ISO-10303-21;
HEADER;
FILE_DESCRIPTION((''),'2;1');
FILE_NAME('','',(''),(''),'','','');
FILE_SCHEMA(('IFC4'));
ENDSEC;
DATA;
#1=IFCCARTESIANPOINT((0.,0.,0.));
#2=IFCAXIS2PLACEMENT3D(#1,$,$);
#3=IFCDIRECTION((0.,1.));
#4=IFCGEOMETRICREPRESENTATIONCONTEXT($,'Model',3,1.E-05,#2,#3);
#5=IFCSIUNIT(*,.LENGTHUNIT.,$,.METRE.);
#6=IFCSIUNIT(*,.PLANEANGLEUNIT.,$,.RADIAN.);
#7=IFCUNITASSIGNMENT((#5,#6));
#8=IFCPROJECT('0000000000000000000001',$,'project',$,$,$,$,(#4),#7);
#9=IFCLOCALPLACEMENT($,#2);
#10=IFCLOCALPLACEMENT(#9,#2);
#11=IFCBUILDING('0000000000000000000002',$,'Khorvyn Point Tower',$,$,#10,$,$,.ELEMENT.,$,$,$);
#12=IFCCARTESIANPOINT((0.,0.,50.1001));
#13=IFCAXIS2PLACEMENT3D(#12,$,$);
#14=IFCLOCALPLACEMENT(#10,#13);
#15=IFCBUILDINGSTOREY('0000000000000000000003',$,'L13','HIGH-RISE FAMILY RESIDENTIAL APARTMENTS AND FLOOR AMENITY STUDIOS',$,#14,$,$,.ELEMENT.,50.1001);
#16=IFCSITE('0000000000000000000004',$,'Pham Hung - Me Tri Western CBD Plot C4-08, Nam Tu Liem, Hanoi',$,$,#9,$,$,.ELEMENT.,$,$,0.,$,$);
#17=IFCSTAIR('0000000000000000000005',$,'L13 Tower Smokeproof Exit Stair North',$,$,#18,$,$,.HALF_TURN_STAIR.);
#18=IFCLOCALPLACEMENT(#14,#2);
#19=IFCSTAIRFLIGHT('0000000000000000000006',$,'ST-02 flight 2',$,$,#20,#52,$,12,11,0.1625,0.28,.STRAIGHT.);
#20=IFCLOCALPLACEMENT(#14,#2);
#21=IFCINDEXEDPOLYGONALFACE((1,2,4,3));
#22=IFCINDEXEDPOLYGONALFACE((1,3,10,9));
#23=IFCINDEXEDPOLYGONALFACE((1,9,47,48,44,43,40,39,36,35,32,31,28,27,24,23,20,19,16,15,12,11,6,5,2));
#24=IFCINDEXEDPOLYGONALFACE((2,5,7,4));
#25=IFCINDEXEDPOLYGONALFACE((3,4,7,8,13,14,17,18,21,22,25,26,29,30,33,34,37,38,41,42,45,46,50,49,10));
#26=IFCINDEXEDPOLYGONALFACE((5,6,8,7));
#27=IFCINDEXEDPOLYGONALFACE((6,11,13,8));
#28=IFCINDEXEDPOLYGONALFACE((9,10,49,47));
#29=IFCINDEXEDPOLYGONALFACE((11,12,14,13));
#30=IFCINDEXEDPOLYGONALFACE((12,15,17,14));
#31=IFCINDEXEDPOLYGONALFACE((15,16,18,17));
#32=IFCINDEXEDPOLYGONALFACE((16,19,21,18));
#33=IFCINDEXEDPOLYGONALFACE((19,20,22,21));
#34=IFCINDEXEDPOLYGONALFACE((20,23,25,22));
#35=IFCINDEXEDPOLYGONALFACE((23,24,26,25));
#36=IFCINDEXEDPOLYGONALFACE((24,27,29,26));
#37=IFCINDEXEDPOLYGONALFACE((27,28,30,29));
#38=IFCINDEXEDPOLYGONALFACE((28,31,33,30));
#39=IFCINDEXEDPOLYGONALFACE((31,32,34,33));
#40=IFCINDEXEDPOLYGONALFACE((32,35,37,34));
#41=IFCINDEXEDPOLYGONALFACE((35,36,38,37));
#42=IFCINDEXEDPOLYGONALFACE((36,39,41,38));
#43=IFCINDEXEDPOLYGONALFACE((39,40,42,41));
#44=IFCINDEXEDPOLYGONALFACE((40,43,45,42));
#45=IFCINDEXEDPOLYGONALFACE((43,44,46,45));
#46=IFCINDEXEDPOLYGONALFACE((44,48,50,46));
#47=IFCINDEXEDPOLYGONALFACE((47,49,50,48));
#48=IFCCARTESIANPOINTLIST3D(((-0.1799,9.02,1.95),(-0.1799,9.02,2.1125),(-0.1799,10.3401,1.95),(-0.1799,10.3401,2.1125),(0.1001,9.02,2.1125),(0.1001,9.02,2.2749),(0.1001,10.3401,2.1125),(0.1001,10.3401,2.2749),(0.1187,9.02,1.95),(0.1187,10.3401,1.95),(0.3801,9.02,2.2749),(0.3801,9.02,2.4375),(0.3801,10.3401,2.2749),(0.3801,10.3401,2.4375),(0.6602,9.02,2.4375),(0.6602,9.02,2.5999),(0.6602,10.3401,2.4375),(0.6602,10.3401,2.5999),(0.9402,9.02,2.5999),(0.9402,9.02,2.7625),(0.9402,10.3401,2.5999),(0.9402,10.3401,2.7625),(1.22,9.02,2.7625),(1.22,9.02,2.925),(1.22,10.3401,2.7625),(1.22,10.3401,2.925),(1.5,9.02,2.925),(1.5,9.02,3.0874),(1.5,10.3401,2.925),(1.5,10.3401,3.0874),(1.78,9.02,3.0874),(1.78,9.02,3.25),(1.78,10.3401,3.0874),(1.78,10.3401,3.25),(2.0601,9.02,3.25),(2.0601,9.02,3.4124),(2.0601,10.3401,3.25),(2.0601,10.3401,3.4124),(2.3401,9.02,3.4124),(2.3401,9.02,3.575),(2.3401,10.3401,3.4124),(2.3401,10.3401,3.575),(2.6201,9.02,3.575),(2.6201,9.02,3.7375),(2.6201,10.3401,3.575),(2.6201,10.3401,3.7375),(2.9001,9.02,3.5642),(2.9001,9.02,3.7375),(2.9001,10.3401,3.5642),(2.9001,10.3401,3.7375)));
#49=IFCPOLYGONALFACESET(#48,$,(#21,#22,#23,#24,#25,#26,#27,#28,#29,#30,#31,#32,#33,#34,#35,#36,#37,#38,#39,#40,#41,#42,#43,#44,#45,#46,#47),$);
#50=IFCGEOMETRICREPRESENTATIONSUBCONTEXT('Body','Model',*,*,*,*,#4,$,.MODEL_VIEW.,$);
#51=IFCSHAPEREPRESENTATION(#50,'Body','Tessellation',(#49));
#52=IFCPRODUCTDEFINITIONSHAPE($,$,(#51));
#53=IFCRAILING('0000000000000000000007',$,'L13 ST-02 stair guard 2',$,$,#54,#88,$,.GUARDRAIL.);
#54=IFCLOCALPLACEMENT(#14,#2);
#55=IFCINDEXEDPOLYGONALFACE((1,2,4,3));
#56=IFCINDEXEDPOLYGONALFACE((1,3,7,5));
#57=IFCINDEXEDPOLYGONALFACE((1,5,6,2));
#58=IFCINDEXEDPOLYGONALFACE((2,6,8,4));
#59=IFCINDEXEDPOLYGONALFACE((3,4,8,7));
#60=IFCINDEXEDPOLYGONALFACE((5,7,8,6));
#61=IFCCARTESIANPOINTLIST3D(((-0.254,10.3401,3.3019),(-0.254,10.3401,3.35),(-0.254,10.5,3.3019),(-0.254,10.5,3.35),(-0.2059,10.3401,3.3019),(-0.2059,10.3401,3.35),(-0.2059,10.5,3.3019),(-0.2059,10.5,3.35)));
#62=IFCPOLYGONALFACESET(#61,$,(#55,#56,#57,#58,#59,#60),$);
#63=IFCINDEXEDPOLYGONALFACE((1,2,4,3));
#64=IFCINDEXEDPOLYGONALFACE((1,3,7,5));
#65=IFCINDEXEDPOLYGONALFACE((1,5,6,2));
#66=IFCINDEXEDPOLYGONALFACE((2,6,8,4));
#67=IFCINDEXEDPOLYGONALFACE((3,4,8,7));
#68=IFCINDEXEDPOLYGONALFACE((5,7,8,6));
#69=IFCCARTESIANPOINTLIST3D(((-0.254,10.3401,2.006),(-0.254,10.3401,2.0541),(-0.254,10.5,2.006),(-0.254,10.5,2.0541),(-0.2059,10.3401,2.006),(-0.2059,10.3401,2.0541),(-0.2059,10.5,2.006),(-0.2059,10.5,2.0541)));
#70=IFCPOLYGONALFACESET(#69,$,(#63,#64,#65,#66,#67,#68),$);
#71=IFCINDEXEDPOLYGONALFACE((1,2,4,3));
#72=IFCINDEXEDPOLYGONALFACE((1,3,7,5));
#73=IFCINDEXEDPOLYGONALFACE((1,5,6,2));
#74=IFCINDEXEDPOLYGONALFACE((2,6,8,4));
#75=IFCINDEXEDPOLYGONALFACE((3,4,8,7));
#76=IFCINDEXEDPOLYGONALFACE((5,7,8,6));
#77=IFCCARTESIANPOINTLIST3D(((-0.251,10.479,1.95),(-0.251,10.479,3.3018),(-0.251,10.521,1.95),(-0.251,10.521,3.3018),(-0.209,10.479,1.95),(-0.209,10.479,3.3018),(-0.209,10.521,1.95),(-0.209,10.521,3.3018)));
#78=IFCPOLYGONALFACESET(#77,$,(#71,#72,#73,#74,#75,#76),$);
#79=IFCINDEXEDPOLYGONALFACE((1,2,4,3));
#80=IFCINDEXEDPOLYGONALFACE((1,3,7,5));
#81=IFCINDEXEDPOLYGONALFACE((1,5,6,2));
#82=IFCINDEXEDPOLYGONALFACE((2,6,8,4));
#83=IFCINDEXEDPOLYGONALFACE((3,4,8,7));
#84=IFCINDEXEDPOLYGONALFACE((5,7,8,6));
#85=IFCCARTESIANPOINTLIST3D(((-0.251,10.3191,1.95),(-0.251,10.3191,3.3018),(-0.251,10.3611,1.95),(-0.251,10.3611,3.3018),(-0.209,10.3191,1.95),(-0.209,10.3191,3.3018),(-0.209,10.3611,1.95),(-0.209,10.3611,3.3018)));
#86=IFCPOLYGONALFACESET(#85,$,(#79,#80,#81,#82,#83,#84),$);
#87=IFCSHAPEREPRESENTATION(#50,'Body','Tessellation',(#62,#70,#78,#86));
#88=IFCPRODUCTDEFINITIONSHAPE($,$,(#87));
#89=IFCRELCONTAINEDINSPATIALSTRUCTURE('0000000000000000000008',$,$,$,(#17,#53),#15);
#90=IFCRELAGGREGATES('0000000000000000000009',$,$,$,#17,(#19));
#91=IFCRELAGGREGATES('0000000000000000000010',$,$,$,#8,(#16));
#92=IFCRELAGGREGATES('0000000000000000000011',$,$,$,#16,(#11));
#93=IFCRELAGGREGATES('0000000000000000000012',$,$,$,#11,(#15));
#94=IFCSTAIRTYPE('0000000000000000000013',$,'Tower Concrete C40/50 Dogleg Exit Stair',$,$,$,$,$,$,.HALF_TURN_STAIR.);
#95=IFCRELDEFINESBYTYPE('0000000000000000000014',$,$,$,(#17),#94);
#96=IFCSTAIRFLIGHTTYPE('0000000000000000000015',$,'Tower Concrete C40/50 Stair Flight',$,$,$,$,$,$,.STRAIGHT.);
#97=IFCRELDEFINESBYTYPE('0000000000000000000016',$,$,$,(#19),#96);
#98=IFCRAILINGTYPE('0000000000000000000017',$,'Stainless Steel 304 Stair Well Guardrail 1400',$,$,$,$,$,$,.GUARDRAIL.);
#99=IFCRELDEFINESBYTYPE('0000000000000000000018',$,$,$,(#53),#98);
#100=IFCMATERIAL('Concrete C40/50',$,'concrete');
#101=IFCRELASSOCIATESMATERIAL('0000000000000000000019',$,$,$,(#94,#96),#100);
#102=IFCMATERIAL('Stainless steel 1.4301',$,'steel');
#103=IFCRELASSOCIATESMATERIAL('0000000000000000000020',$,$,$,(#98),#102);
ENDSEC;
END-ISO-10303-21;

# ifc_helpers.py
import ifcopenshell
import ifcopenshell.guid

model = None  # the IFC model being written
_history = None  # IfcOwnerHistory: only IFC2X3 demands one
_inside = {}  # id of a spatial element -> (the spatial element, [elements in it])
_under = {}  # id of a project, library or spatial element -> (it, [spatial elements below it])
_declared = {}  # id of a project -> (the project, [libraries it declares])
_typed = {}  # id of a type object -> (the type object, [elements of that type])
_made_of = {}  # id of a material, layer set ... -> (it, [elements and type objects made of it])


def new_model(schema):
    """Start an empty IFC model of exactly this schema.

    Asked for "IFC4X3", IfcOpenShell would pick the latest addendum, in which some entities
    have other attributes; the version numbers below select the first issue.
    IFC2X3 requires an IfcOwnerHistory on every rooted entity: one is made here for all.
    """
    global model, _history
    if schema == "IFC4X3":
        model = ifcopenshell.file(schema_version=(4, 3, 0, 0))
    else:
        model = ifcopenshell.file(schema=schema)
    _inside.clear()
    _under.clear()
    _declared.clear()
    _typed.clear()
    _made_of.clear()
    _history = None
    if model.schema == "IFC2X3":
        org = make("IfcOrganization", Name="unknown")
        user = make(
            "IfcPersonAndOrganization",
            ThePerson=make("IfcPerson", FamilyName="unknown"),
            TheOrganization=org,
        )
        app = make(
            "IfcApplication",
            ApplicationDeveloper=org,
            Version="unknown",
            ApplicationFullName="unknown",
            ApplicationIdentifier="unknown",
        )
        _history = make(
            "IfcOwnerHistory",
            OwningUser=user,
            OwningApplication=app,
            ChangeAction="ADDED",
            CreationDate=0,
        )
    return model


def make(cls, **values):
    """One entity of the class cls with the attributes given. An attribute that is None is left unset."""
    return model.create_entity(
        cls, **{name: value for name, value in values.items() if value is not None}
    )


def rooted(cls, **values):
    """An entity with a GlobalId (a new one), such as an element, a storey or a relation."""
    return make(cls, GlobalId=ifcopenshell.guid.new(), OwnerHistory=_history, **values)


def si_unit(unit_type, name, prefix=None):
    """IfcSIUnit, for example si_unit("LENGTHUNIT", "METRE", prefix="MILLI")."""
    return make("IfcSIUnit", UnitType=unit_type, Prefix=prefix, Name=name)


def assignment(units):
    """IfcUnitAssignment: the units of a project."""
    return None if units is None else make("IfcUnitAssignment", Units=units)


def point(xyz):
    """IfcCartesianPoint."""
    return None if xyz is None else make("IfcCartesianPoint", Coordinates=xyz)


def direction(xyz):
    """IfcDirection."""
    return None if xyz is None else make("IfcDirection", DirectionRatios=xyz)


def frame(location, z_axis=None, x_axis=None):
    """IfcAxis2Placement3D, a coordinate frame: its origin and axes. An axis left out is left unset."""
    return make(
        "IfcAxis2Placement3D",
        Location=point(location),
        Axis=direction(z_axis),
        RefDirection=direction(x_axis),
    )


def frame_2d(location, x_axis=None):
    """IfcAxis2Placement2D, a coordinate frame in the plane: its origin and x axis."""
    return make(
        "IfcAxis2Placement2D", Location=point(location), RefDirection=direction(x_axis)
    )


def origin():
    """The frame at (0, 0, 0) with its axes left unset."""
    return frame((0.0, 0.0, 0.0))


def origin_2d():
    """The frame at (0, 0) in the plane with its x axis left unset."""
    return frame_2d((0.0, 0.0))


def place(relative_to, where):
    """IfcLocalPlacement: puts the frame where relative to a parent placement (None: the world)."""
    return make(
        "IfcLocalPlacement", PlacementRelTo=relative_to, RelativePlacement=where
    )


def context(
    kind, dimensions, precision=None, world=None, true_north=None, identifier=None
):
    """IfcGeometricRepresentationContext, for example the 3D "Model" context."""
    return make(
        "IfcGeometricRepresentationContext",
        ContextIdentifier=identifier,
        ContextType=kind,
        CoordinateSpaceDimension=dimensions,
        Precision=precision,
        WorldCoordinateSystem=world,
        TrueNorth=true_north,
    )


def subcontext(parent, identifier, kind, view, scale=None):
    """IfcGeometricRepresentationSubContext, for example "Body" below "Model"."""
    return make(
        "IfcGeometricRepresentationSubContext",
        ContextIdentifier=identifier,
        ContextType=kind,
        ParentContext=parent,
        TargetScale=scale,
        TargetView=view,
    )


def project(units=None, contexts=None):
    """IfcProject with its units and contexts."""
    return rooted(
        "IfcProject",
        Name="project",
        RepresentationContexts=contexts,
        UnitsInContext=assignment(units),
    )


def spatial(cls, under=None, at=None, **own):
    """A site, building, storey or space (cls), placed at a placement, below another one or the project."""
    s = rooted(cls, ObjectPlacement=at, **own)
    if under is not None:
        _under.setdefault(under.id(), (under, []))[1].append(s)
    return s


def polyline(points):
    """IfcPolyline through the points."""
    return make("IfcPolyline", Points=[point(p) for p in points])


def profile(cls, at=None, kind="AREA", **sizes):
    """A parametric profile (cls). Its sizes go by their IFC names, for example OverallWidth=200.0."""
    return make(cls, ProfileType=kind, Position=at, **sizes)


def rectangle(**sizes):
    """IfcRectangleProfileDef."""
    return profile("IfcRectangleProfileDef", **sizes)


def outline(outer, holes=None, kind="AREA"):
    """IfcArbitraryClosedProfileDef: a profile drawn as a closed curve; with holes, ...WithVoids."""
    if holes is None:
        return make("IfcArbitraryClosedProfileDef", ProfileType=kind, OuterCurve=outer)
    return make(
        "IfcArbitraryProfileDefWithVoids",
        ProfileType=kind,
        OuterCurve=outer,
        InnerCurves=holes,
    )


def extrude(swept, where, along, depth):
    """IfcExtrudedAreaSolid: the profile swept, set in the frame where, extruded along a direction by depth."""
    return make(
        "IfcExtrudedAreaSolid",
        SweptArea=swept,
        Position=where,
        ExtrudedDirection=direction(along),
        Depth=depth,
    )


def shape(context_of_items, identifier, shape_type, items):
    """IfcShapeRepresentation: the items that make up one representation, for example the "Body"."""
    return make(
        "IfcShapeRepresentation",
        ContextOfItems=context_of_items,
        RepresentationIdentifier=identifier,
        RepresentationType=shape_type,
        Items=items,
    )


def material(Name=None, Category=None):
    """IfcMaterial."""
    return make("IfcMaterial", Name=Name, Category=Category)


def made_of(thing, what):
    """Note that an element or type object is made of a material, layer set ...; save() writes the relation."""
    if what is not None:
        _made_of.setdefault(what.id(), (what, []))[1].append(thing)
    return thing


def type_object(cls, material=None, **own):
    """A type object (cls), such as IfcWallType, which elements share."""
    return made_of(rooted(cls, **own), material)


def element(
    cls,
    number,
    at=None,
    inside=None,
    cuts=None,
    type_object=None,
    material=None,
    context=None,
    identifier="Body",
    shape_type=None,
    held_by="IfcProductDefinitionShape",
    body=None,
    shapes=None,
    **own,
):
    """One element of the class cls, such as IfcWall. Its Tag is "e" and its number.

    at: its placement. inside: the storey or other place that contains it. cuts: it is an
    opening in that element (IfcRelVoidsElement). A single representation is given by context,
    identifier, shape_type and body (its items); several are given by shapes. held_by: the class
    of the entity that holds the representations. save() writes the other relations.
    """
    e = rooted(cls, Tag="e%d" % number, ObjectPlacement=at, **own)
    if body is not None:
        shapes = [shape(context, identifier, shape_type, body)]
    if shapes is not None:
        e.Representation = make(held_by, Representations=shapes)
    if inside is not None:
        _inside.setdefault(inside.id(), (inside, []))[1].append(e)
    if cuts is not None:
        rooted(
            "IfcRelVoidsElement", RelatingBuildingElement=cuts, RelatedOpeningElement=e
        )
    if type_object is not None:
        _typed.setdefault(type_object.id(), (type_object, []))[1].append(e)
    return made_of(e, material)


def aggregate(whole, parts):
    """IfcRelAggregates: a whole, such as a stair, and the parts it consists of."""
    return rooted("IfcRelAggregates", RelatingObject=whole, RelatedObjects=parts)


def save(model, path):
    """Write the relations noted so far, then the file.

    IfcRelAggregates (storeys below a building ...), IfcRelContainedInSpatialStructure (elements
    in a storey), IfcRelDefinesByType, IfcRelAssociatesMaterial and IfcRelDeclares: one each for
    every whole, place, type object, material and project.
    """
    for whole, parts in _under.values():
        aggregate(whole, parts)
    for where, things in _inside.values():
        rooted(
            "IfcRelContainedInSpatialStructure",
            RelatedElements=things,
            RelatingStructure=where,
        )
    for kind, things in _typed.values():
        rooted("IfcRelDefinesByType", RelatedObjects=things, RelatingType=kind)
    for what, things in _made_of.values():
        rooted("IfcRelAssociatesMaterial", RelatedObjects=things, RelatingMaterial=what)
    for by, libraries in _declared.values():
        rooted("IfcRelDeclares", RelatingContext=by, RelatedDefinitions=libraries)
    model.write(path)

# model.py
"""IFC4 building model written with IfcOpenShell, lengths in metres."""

from ifc_helpers import new_model, si_unit, direction, frame, origin, origin_2d, place, context, subcontext, project, spatial, polyline, rectangle, outline, extrude, material, type_object, element, aggregate, save


model = new_model("IFC4")

# Units and contexts
model_context = context("Model", 3, precision=1e-05, world=origin(), true_north=direction((0.0, 1.0)))
body_context = subcontext(model_context, "Body", "Model", "MODEL_VIEW")
ifc_project = project(units=[si_unit("LENGTHUNIT", "METRE"), si_unit("PLANEANGLEUNIT", "RADIAN")], contexts=[model_context])

# Site, building, storey
site_placement = place(None, origin())
site = spatial("IfcSite", under=ifc_project, at=site_placement, Name="Pham Hung - Me Tri Western CBD Plot C4-08, Nam Tu Liem, Hanoi", CompositionType="ELEMENT", RefElevation=0.0)
building_placement = place(site_placement, origin())
building = spatial("IfcBuilding", under=site, at=building_placement, Name="Khorvyn Point Tower", CompositionType="ELEMENT")
storey_placement = place(building_placement, frame((0.0, 0.0, 50.1001)))
storey = spatial("IfcBuildingStorey", under=building, at=storey_placement, Name="L13", Description="HIGH-RISE FAMILY RESIDENTIAL APARTMENTS AND FLOOR AMENITY STUDIOS", CompositionType="ELEMENT", Elevation=50.1001)

# Shared definitions
ifc_material_1 = material(Name="Concrete C40/50", Category="concrete")

# Shared definitions
ifc_material_2 = material(Name="Stainless steel 1.4301", Category="steel")

# Stair, stair flight
stair_type = type_object("IfcStairType", Name="Tower Concrete C40/50 Dogleg Exit Stair", PredefinedType="HALF_TURN_STAIR", material=ifc_material_1)
stair_placement = place(storey_placement, origin())
stair = element("IfcStair", 1, at=stair_placement, inside=storey, type_object=stair_type, Name="L13 Tower Smokeproof Exit Stair North", PredefinedType="HALF_TURN_STAIR")
stair_flight_type = type_object("IfcStairFlightType", Name="Tower Concrete C40/50 Stair Flight", PredefinedType="STRAIGHT", material=ifc_material_1)
stair_flight_placement = place(storey_placement, frame((-0.1799, 9.6799, 1.95), z_axis=(0.0, 0.0, 1.0), x_axis=(1.0, 0.0, 0.0)))
stair_flight = element("IfcStairFlight", 2, at=stair_flight_placement, type_object=stair_flight_type, Name="ST-02 flight 2", NumberOfRisers=12, NumberOfTreads=11, PredefinedType="STRAIGHT", RiserHeight=0.1625, TreadLength=0.28, context=body_context, shape_type="SweptSolid", body=[
    extrude(outline(polyline([(0.0, 0.0), (0.0, 0.1626), (0.28, 0.1626), (0.28, 0.325), (0.5601, 0.325), (0.5601, 0.4875), (0.8401, 0.4875), (0.8401, 0.6499), (1.1201, 0.6499), (1.1201, 0.8125), (1.3999, 0.8125), (1.3999, 0.9751), (1.6799, 0.9751), (1.6799, 1.1375), (1.96, 1.1375), (1.96, 1.3), (2.24, 1.3), (2.24, 1.4624), (2.52, 1.4624), (2.52, 1.625), (2.8, 1.625), (2.8, 1.7876), (3.0801, 1.7876), (3.0801, 1.95), (3.0801, 1.6143), (0.2986, 0.0), (0.0, 0.0)])), frame((0.0, 0.6602, 0.0), z_axis=(0.0, -1.0, 0.0), x_axis=(1.0, 0.0, 0.0)), (0.0, 0.0, 1.0), 1.3201),
])
aggregate(stair, [stair_flight])

# Railing
railing_type = type_object("IfcRailingType", Name="Stainless Steel 304 Stair Well Guardrail 1400", PredefinedType="GUARDRAIL", material=ifc_material_2)
railing_placement = place(storey_placement, frame((-0.23, 10.5, 1.95)))
element("IfcRailing", 3, at=railing_placement, inside=storey, type_object=railing_type, Name="L13 ST-02 stair guard 2", PredefinedType="GUARDRAIL", context=body_context, shape_type="SweptSolid", body=[
    extrude(rectangle(XDim=0.0481, YDim=0.0481, at=origin_2d()), frame((0.0, 0.0, 1.376), z_axis=(0.0, -1.0, 0.0), x_axis=(1.0, 0.0, 0.0)), (0.0, 0.0, 1.0), 0.1599),
    extrude(rectangle(XDim=0.0481, YDim=0.0481, at=origin_2d()), frame((0.0, 0.0, 0.0801), z_axis=(0.0, -1.0, 0.0), x_axis=(1.0, 0.0, 0.0)), (0.0, 0.0, 1.0), 0.1599),
    extrude(rectangle(XDim=0.042, YDim=0.042, at=origin_2d()), origin(), (0.0, 0.0, 1.0), 1.3518),
    extrude(rectangle(XDim=0.042, YDim=0.042, at=origin_2d()), frame((0.0, -0.1599, 0.0)), (0.0, 0.0, 1.0), 1.3518),
])

save(model, "model.ifc")
